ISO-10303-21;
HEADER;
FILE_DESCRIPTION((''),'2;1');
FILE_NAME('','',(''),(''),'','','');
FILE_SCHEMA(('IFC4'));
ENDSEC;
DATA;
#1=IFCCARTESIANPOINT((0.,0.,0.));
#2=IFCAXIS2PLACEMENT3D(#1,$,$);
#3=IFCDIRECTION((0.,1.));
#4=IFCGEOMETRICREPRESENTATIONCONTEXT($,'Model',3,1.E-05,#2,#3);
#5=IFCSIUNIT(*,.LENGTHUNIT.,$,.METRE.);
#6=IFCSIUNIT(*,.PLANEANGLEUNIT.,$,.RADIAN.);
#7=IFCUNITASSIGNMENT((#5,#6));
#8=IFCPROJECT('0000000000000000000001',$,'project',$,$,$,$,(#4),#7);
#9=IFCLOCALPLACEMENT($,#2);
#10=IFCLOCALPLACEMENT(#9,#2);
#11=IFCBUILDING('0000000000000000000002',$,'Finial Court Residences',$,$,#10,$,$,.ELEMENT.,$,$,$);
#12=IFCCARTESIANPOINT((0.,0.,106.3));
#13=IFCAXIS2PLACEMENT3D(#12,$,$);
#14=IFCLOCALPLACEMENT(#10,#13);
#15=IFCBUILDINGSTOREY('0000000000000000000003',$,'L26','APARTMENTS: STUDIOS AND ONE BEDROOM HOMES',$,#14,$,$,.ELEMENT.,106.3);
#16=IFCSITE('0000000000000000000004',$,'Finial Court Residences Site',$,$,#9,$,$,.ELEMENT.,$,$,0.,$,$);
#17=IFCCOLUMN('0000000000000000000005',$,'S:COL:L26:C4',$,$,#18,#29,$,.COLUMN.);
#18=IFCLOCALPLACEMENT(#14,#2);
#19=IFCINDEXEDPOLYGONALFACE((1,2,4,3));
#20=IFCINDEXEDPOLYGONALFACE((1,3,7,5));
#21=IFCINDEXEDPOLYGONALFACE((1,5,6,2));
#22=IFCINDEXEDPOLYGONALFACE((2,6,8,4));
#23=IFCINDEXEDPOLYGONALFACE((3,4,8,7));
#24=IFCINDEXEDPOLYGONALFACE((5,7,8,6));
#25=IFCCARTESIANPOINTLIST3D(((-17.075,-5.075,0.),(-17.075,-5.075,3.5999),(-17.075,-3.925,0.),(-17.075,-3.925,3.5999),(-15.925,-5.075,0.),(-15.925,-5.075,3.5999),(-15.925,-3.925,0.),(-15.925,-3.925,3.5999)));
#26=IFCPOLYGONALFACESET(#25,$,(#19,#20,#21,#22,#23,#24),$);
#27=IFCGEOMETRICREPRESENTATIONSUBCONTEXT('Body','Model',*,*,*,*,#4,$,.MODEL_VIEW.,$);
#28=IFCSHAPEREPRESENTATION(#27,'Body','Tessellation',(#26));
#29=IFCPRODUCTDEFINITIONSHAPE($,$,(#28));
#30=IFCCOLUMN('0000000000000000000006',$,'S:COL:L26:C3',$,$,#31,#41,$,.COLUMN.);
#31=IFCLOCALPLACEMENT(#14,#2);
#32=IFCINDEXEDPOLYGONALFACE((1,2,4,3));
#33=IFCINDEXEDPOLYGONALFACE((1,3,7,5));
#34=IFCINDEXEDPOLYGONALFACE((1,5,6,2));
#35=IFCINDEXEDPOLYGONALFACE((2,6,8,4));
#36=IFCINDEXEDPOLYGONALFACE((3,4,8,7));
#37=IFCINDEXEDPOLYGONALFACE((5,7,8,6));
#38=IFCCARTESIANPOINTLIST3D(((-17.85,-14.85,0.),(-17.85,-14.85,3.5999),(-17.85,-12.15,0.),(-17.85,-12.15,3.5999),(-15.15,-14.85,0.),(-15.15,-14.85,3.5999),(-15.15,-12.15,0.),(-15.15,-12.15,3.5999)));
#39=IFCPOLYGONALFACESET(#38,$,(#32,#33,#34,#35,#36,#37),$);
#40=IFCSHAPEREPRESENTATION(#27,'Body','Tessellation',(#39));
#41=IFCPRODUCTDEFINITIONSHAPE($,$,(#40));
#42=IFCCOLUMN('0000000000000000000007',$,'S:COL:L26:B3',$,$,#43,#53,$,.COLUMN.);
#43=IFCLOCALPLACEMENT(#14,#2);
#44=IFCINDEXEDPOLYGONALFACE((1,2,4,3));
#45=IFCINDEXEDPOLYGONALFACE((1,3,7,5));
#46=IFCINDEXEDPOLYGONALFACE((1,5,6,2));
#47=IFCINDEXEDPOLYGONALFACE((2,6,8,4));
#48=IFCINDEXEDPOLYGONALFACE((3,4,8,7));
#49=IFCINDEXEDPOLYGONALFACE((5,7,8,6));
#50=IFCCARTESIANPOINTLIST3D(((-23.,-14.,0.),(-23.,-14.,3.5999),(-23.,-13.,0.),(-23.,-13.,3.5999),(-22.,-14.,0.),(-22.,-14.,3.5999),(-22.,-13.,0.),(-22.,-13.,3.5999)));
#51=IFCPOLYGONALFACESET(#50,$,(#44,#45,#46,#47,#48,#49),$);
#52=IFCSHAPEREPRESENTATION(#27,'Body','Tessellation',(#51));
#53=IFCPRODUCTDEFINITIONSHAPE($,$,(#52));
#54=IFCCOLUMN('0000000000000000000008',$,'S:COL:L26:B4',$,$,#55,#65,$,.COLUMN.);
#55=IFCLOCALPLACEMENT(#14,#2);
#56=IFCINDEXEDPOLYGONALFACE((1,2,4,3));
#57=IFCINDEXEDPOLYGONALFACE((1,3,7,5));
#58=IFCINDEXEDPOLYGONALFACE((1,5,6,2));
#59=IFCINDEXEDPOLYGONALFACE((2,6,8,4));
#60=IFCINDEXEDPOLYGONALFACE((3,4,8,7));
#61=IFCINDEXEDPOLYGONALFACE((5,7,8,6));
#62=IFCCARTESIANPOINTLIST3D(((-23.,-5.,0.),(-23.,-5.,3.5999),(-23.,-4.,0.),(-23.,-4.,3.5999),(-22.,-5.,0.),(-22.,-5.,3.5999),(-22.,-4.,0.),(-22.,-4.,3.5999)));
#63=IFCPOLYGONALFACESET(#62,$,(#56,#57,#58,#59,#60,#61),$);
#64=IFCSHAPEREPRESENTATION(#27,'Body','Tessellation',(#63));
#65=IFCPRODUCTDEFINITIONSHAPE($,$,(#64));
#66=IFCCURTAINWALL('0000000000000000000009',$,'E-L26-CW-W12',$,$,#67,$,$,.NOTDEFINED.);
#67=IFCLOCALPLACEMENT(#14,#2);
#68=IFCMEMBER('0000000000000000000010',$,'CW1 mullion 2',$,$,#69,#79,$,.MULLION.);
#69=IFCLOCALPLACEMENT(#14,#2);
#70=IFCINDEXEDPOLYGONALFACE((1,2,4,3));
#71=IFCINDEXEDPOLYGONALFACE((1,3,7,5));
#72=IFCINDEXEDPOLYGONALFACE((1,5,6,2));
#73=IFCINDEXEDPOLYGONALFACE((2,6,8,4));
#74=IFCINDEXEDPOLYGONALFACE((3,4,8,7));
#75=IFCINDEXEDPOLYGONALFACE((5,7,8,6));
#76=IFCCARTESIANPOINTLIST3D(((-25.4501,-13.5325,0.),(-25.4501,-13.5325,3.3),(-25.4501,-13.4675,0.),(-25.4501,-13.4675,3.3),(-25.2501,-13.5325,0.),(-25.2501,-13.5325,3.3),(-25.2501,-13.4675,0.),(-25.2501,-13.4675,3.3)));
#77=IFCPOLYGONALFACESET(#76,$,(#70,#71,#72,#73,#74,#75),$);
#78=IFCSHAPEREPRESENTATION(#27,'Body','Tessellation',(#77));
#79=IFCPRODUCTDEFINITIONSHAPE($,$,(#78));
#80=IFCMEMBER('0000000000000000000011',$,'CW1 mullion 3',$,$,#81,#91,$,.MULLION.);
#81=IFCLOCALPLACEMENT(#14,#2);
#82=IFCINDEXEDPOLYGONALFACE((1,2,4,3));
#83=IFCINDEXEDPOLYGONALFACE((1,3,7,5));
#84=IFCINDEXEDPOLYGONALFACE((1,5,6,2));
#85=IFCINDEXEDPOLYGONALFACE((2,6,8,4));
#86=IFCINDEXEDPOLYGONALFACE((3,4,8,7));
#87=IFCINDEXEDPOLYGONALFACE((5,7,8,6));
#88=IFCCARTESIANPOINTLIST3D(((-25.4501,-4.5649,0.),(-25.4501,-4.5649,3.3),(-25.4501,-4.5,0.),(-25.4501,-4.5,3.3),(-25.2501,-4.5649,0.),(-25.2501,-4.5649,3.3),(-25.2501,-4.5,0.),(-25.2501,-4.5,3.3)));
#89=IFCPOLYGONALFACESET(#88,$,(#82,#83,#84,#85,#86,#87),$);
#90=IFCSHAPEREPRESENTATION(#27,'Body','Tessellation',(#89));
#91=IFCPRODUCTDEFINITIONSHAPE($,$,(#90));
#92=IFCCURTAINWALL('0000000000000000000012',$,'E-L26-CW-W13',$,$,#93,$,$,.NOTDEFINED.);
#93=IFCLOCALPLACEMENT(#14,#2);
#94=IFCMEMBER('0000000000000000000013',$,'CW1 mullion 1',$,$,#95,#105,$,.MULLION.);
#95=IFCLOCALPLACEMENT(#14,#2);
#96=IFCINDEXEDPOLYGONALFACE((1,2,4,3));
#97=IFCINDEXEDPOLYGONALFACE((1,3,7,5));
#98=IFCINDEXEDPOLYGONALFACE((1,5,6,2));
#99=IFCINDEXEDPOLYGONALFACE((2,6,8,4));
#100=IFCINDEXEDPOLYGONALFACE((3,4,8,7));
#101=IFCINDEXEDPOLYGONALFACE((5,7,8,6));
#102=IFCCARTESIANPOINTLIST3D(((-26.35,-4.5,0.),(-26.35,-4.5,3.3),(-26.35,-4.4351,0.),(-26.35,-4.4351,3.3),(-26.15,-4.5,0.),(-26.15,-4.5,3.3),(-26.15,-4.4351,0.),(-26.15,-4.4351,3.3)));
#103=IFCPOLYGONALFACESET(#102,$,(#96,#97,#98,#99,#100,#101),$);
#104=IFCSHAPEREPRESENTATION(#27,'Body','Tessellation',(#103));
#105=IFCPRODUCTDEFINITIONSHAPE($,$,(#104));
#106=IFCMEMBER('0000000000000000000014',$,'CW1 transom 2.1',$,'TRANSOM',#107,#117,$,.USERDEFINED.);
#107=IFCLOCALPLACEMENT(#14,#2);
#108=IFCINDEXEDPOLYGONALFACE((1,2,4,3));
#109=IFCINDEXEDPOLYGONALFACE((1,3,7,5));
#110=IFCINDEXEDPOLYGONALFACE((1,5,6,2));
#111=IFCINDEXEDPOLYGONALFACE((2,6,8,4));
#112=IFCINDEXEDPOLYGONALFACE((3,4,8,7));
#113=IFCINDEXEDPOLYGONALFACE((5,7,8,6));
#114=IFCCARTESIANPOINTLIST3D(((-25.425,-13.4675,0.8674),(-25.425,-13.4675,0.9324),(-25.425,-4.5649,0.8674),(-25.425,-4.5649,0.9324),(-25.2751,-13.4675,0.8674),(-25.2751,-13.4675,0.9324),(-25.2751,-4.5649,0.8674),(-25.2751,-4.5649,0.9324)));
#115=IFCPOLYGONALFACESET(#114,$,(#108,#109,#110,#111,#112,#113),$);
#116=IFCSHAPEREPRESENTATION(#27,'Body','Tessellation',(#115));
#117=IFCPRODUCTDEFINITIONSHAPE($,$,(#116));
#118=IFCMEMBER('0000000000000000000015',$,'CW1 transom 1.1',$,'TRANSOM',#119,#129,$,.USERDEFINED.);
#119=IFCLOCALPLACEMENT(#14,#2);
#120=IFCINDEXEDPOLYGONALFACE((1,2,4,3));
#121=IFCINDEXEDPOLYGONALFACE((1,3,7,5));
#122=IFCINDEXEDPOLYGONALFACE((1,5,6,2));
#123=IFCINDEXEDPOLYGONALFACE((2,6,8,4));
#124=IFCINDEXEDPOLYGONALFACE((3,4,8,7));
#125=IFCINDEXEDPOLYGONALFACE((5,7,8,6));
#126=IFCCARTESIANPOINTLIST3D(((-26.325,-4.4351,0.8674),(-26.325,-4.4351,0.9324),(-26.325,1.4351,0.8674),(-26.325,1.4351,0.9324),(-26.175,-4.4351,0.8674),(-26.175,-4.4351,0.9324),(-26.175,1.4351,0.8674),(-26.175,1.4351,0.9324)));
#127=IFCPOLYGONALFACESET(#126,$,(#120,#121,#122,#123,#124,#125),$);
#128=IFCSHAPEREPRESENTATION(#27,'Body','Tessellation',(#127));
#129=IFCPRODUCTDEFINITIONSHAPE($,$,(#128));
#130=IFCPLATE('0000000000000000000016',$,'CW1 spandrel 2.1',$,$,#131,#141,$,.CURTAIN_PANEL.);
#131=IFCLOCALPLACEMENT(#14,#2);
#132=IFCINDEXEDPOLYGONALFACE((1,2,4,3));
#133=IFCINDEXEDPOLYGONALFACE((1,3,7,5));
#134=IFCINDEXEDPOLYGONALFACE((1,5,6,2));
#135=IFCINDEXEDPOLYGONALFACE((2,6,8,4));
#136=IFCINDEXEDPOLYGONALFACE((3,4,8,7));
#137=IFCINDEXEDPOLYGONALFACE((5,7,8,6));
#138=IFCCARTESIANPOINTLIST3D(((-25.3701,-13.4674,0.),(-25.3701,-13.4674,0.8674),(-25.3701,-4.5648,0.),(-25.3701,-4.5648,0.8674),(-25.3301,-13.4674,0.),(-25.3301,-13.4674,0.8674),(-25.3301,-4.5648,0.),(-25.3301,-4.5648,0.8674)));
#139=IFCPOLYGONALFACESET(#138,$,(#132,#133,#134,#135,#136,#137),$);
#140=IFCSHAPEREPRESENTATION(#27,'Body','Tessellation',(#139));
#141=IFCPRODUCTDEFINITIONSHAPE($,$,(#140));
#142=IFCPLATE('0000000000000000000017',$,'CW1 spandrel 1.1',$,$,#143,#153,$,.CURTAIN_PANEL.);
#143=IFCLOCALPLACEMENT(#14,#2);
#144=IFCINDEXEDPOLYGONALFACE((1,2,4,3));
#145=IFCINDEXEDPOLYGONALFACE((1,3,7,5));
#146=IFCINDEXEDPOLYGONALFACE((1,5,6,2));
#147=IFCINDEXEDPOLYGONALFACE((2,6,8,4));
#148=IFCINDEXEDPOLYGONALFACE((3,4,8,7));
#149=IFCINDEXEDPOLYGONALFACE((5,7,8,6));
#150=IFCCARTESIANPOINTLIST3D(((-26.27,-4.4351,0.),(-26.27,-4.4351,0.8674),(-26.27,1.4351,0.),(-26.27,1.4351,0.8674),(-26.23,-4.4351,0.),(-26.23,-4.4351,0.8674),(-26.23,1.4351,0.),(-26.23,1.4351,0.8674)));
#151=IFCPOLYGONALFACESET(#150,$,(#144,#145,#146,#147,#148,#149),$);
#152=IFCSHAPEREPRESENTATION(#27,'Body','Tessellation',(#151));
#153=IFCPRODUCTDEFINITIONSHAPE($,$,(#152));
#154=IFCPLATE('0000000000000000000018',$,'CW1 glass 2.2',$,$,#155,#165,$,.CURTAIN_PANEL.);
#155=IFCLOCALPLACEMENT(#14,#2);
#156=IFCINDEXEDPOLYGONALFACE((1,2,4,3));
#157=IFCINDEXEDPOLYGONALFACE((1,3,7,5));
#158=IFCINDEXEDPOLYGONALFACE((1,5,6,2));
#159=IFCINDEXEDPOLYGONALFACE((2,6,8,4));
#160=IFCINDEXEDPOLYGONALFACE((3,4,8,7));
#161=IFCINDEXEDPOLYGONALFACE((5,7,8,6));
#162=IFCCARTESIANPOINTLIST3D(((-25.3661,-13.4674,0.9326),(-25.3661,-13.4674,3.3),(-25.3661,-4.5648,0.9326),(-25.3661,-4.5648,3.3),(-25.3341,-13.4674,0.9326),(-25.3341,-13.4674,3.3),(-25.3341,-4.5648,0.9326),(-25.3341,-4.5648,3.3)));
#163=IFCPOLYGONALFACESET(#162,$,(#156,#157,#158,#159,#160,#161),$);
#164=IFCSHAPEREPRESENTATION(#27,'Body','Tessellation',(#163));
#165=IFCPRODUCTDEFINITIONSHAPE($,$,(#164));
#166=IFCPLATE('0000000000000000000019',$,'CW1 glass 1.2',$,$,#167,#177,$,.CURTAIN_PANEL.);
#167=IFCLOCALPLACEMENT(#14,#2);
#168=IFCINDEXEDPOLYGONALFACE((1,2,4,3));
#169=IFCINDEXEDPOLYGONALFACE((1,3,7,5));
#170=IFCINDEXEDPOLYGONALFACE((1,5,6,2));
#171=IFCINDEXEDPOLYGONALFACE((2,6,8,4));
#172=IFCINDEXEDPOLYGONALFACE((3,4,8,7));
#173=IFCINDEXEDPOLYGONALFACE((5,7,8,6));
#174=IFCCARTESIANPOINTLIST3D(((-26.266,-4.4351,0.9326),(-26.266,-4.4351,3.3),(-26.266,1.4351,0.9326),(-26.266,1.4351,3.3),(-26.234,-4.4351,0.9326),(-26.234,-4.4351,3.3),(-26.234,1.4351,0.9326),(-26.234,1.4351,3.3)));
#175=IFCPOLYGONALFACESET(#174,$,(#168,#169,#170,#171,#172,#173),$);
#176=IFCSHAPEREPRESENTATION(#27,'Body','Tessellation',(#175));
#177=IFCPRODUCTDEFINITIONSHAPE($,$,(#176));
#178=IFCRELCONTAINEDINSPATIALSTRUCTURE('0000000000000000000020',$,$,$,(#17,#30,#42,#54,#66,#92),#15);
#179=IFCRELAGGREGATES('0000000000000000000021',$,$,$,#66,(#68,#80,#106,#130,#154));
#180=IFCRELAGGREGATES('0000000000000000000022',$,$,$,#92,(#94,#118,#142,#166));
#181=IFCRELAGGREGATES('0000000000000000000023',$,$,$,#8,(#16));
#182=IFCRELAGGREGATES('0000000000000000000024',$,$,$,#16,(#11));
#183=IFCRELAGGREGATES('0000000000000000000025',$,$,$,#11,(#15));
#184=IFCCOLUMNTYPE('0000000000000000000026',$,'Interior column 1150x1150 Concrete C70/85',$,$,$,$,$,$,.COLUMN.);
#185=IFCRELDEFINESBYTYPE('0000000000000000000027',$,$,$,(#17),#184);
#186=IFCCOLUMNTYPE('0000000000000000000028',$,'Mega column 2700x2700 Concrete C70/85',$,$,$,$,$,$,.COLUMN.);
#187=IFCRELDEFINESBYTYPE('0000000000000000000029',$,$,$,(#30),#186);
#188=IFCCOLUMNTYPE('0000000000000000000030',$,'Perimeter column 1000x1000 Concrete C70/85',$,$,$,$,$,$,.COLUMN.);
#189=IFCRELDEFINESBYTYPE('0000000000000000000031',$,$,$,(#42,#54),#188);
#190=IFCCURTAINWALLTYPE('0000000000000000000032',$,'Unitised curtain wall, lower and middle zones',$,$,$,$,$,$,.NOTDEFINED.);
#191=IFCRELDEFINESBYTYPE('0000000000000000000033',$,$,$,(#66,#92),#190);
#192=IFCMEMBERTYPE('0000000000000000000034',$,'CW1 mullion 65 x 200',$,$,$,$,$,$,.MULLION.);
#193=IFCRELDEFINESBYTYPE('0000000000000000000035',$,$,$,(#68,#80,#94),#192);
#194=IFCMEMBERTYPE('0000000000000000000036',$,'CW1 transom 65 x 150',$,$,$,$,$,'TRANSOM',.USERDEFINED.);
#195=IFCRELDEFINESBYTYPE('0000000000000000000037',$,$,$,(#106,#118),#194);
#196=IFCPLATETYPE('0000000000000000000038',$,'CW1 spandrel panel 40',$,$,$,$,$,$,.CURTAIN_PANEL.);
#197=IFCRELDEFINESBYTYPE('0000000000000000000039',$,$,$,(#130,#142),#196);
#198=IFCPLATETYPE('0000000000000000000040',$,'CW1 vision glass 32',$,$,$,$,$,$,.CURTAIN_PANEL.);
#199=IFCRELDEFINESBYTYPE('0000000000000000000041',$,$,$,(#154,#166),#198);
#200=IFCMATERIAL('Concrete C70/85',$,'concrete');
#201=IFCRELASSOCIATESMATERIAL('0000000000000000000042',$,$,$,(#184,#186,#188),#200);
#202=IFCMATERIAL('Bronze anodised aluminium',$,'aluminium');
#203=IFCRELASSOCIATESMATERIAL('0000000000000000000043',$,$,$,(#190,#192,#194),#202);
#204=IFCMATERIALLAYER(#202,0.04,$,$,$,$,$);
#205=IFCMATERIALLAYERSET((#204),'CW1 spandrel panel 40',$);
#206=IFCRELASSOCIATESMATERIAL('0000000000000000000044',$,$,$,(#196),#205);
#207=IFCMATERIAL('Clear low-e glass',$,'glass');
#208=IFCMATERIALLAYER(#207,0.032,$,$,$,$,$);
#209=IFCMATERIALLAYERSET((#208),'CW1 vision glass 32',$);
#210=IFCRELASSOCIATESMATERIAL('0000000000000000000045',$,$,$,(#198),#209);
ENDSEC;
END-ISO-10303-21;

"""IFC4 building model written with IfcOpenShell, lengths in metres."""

from ifc_helpers import new_model, si_unit, direction, frame, origin, origin_2d, place, context, subcontext, project, spatial, rectangle, extrude, material, layer, layer_set, material_profile, profile_set, type_object, element, aggregate, save


model = new_model("IFC4")

# Units and contexts
model_context = context("Model", 3, precision=1e-05, world=origin(), true_north=direction((0.0, 1.0)))
body_context = subcontext(model_context, "Body", "Model", "MODEL_VIEW")
ifc_project = project(units=[si_unit("LENGTHUNIT", "METRE"), si_unit("PLANEANGLEUNIT", "RADIAN")], contexts=[model_context])

# Site, building, storey
site_placement = place(None, origin())
site = spatial("IfcSite", under=ifc_project, at=site_placement, Name="Finial Court Residences Site", CompositionType="ELEMENT", RefElevation=0.0)
building_placement = place(site_placement, origin())
building = spatial("IfcBuilding", under=site, at=building_placement, Name="Finial Court Residences", CompositionType="ELEMENT")
storey_placement = place(building_placement, frame((0.0, 0.0, 106.3)))
storey = spatial("IfcBuildingStorey", under=building, at=storey_placement, Name="L26", Description="APARTMENTS: STUDIOS AND ONE BEDROOM HOMES", CompositionType="ELEMENT", Elevation=106.3)

# Columns
ifc_material_1 = material(Name="Concrete C70/85", Category="concrete")
ifc_material_profile_1 = material_profile(ifc_material_1, rectangle(XDim=1.1499, YDim=1.1499, at=origin_2d()), Name="1150x1150")
ifc_profile_set_1 = profile_set([ifc_material_profile_1], Name="Concrete C70/85")
column_type_1 = type_object("IfcColumnType", Name="Interior column 1150x1150 Concrete C70/85", PredefinedType="COLUMN", material=ifc_profile_set_1)
column_1_placement = place(storey_placement, frame((-16.5, -4.5, 0.0), z_axis=(0.0, 0.0, 1.0), x_axis=(1.0, 0.0, 0.0)))
element("IfcColumn", 1, at=column_1_placement, inside=storey, type_object=column_type_1, Name="S:COL:L26:C4", PredefinedType="COLUMN", context=body_context, shape_type="SweptSolid", body=[
    extrude(rectangle(XDim=1.1499, YDim=1.1499, at=origin_2d()), origin(), (0.0, 0.0, 1.0), 3.5999),
])
ifc_material_profile_2 = material_profile(ifc_material_1, rectangle(XDim=2.7, YDim=2.7, at=origin_2d()), Name="2700x2700")
ifc_profile_set_2 = profile_set([ifc_material_profile_2], Name="Concrete C70/85")
column_type_2 = type_object("IfcColumnType", Name="Mega column 2700x2700 Concrete C70/85", PredefinedType="COLUMN", material=ifc_profile_set_2)
column_2_placement = place(storey_placement, frame((-16.5, -13.5, 0.0), z_axis=(0.0, 0.0, 1.0), x_axis=(1.0, 0.0, 0.0)))
element("IfcColumn", 2, at=column_2_placement, inside=storey, type_object=column_type_2, Name="S:COL:L26:C3", PredefinedType="COLUMN", context=body_context, shape_type="SweptSolid", body=[
    extrude(rectangle(XDim=2.7, YDim=2.7, at=origin_2d()), origin(), (0.0, 0.0, 1.0), 3.5999),
])
ifc_material_profile_3 = material_profile(ifc_material_1, rectangle(XDim=1.0, YDim=1.0, at=origin_2d()), Name="1000x1000")
ifc_profile_set_3 = profile_set([ifc_material_profile_3], Name="Concrete C70/85")
column_type_3 = type_object("IfcColumnType", Name="Perimeter column 1000x1000 Concrete C70/85", PredefinedType="COLUMN", material=ifc_profile_set_3)
for number, where, z_axis, x_axis, name in (
    (3, (-22.5, -13.5, 0.0), (0.0, 0.0, 1.0), (1.0, 0.0, 0.0), "S:COL:L26:B3"),
    (4, (-22.5, -4.5, 0.0), (0.0, 0.0, 1.0), (1.0, 0.0, 0.0), "S:COL:L26:B4"),
):
    element("IfcColumn", number, at=place(storey_placement, frame(where, z_axis=z_axis, x_axis=x_axis)), inside=storey, type_object=column_type_3, Name=name, PredefinedType="COLUMN", context=body_context, shape_type="SweptSolid", body=[
        extrude(rectangle(XDim=1.0, YDim=1.0, at=origin_2d()), origin(), (0.0, 0.0, 1.0), 3.5999),
    ])

# Curtain wall, members
ifc_material_2 = material(Name="Bronze anodised aluminium", Category="aluminium")
curtain_wall_type = type_object("IfcCurtainWallType", Name="Unitised curtain wall, lower and middle zones", PredefinedType="NOTDEFINED", material=ifc_material_2)
curtain_wall_1_placement = place(storey_placement, origin())
curtain_wall_1 = element("IfcCurtainWall", 5, at=curtain_wall_1_placement, inside=storey, type_object=curtain_wall_type, Name="E-L26-CW-W12", PredefinedType="NOTDEFINED")
ifc_material_profile_4 = material_profile(ifc_material_2, rectangle(XDim=0.2, YDim=0.0649, at=origin_2d()), Name="CW1 mullion 65 x 200")
ifc_profile_set_4 = profile_set([ifc_material_profile_4], Name="Bronze anodised aluminium")
member_type_1 = type_object("IfcMemberType", Name="CW1 mullion 65 x 200", PredefinedType="MULLION", material=ifc_profile_set_4)
member_1_placement = place(storey_placement, frame((-25.3501, -13.5, 0.0), z_axis=(0.0, 0.0, 1.0), x_axis=(-1.0, 0.0, 0.0)))
member_1 = element("IfcMember", 6, at=member_1_placement, type_object=member_type_1, Name="CW1 mullion 2", PredefinedType="MULLION", context=body_context, shape_type="SweptSolid", body=[
    extrude(rectangle(XDim=0.2, YDim=0.0649, at=origin_2d()), origin(), (0.0, 0.0, 1.0), 3.3),
])
member_2_placement = place(storey_placement, frame((-25.3501, -4.5325, 0.0), z_axis=(0.0, 0.0, 1.0), x_axis=(-1.0, 0.0, 0.0)))
member_2 = element("IfcMember", 7, at=member_2_placement, type_object=member_type_1, Name="CW1 mullion 3", PredefinedType="MULLION", context=body_context, shape_type="SweptSolid", body=[
    extrude(rectangle(XDim=0.2, YDim=0.0649, at=origin_2d()), origin(), (0.0, 0.0, 1.0), 3.3),
])

# Curtain wall, member
curtain_wall_2_placement = place(storey_placement, origin())
curtain_wall_2 = element("IfcCurtainWall", 8, at=curtain_wall_2_placement, inside=storey, type_object=curtain_wall_type, Name="E-L26-CW-W13", PredefinedType="NOTDEFINED")
member_3_placement = place(storey_placement, frame((-26.25, -4.4675, 0.0), z_axis=(0.0, 0.0, 1.0), x_axis=(-1.0, 0.0, 0.0)))
member_3 = element("IfcMember", 9, at=member_3_placement, type_object=member_type_1, Name="CW1 mullion 1", PredefinedType="MULLION", context=body_context, shape_type="SweptSolid", body=[
    extrude(rectangle(XDim=0.2, YDim=0.0649, at=origin_2d()), origin(), (0.0, 0.0, 1.0), 3.3),
])

# Members
ifc_material_profile_5 = material_profile(ifc_material_2, rectangle(XDim=0.1499, YDim=0.0649, at=origin_2d()), Name="CW1 transom 65 x 150")
ifc_profile_set_5 = profile_set([ifc_material_profile_5], Name="Bronze anodised aluminium")
member_type_2 = type_object("IfcMemberType", Name="CW1 transom 65 x 150", ElementType="TRANSOM", PredefinedType="USERDEFINED", material=ifc_profile_set_5)
member_4_placement = place(storey_placement, frame((-25.3501, -13.4675, 0.8999), z_axis=(0.0, 1.0, 0.0), x_axis=(-1.0, 0.0, 0.0)))
member_4 = element("IfcMember", 10, at=member_4_placement, type_object=member_type_2, Name="CW1 transom 2.1", ObjectType="TRANSOM", PredefinedType="USERDEFINED", context=body_context, shape_type="SweptSolid", body=[
    extrude(rectangle(XDim=0.1499, YDim=0.0649, at=origin_2d()), origin(), (0.0, 0.0, 1.0), 8.9026),
])
member_5_placement = place(storey_placement, frame((-26.25, -4.4351, 0.8999), z_axis=(0.0, 1.0, 0.0), x_axis=(-1.0, 0.0, 0.0)))
member_5 = element("IfcMember", 11, at=member_5_placement, type_object=member_type_2, Name="CW1 transom 1.1", ObjectType="TRANSOM", PredefinedType="USERDEFINED", context=body_context, shape_type="SweptSolid", body=[
    extrude(rectangle(XDim=0.1499, YDim=0.0649, at=origin_2d()), origin(), (0.0, 0.0, 1.0), 5.8701),
])

# Plates
ifc_layer_1 = layer(ifc_material_2, 0.04)
ifc_layer_set_1 = layer_set([ifc_layer_1], Name="CW1 spandrel panel 40")
plate_type_1 = type_object("IfcPlateType", Name="CW1 spandrel panel 40", PredefinedType="CURTAIN_PANEL", material=ifc_layer_set_1)
plate_1_placement = place(storey_placement, frame((-25.3501, -9.0161, 0.0), z_axis=(0.0, 0.0, 1.0), x_axis=(0.0, 1.0, 0.0)))
plate_1 = element("IfcPlate", 12, at=plate_1_placement, type_object=plate_type_1, Name="CW1 spandrel 2.1", PredefinedType="CURTAIN_PANEL", context=body_context, shape_type="SweptSolid", body=[
    extrude(rectangle(XDim=8.9026, YDim=0.04, at=origin_2d()), origin(), (0.0, 0.0, 1.0), 0.8674),
])
plate_2_placement = place(storey_placement, frame((-26.25, -1.5, 0.0), z_axis=(0.0, 0.0, 1.0), x_axis=(0.0, 1.0, 0.0)))
plate_2 = element("IfcPlate", 13, at=plate_2_placement, type_object=plate_type_1, Name="CW1 spandrel 1.1", PredefinedType="CURTAIN_PANEL", context=body_context, shape_type="SweptSolid", body=[
    extrude(rectangle(XDim=5.8701, YDim=0.04, at=origin_2d()), origin(), (0.0, 0.0, 1.0), 0.8674),
])
ifc_material_3 = material(Name="Clear low-e glass", Category="glass")
ifc_layer_2 = layer(ifc_material_3, 0.032)
ifc_layer_set_2 = layer_set([ifc_layer_2], Name="CW1 vision glass 32")
plate_type_2 = type_object("IfcPlateType", Name="CW1 vision glass 32", PredefinedType="CURTAIN_PANEL", material=ifc_layer_set_2)
plate_3_placement = place(storey_placement, frame((-25.3501, -9.0161, 0.9326), z_axis=(0.0, 0.0, 1.0), x_axis=(0.0, 1.0, 0.0)))
plate_3 = element("IfcPlate", 14, at=plate_3_placement, type_object=plate_type_2, Name="CW1 glass 2.2", PredefinedType="CURTAIN_PANEL", context=body_context, shape_type="SweptSolid", body=[
    extrude(rectangle(XDim=8.9026, YDim=0.032, at=origin_2d()), origin(), (0.0, 0.0, 1.0), 2.3674),
])
aggregate(curtain_wall_1, [member_1, member_2, member_4, plate_1, plate_3])
plate_4_placement = place(storey_placement, frame((-26.25, -1.5, 0.9326), z_axis=(0.0, 0.0, 1.0), x_axis=(0.0, 1.0, 0.0)))
plate_4 = element("IfcPlate", 15, at=plate_4_placement, type_object=plate_type_2, Name="CW1 glass 1.2", PredefinedType="CURTAIN_PANEL", context=body_context, shape_type="SweptSolid", body=[
    extrude(rectangle(XDim=5.8701, YDim=0.032, at=origin_2d()), origin(), (0.0, 0.0, 1.0), 2.3674),
])
aggregate(curtain_wall_2, [member_3, member_5, plate_2, plate_4])

save(model, "model.ifc")
